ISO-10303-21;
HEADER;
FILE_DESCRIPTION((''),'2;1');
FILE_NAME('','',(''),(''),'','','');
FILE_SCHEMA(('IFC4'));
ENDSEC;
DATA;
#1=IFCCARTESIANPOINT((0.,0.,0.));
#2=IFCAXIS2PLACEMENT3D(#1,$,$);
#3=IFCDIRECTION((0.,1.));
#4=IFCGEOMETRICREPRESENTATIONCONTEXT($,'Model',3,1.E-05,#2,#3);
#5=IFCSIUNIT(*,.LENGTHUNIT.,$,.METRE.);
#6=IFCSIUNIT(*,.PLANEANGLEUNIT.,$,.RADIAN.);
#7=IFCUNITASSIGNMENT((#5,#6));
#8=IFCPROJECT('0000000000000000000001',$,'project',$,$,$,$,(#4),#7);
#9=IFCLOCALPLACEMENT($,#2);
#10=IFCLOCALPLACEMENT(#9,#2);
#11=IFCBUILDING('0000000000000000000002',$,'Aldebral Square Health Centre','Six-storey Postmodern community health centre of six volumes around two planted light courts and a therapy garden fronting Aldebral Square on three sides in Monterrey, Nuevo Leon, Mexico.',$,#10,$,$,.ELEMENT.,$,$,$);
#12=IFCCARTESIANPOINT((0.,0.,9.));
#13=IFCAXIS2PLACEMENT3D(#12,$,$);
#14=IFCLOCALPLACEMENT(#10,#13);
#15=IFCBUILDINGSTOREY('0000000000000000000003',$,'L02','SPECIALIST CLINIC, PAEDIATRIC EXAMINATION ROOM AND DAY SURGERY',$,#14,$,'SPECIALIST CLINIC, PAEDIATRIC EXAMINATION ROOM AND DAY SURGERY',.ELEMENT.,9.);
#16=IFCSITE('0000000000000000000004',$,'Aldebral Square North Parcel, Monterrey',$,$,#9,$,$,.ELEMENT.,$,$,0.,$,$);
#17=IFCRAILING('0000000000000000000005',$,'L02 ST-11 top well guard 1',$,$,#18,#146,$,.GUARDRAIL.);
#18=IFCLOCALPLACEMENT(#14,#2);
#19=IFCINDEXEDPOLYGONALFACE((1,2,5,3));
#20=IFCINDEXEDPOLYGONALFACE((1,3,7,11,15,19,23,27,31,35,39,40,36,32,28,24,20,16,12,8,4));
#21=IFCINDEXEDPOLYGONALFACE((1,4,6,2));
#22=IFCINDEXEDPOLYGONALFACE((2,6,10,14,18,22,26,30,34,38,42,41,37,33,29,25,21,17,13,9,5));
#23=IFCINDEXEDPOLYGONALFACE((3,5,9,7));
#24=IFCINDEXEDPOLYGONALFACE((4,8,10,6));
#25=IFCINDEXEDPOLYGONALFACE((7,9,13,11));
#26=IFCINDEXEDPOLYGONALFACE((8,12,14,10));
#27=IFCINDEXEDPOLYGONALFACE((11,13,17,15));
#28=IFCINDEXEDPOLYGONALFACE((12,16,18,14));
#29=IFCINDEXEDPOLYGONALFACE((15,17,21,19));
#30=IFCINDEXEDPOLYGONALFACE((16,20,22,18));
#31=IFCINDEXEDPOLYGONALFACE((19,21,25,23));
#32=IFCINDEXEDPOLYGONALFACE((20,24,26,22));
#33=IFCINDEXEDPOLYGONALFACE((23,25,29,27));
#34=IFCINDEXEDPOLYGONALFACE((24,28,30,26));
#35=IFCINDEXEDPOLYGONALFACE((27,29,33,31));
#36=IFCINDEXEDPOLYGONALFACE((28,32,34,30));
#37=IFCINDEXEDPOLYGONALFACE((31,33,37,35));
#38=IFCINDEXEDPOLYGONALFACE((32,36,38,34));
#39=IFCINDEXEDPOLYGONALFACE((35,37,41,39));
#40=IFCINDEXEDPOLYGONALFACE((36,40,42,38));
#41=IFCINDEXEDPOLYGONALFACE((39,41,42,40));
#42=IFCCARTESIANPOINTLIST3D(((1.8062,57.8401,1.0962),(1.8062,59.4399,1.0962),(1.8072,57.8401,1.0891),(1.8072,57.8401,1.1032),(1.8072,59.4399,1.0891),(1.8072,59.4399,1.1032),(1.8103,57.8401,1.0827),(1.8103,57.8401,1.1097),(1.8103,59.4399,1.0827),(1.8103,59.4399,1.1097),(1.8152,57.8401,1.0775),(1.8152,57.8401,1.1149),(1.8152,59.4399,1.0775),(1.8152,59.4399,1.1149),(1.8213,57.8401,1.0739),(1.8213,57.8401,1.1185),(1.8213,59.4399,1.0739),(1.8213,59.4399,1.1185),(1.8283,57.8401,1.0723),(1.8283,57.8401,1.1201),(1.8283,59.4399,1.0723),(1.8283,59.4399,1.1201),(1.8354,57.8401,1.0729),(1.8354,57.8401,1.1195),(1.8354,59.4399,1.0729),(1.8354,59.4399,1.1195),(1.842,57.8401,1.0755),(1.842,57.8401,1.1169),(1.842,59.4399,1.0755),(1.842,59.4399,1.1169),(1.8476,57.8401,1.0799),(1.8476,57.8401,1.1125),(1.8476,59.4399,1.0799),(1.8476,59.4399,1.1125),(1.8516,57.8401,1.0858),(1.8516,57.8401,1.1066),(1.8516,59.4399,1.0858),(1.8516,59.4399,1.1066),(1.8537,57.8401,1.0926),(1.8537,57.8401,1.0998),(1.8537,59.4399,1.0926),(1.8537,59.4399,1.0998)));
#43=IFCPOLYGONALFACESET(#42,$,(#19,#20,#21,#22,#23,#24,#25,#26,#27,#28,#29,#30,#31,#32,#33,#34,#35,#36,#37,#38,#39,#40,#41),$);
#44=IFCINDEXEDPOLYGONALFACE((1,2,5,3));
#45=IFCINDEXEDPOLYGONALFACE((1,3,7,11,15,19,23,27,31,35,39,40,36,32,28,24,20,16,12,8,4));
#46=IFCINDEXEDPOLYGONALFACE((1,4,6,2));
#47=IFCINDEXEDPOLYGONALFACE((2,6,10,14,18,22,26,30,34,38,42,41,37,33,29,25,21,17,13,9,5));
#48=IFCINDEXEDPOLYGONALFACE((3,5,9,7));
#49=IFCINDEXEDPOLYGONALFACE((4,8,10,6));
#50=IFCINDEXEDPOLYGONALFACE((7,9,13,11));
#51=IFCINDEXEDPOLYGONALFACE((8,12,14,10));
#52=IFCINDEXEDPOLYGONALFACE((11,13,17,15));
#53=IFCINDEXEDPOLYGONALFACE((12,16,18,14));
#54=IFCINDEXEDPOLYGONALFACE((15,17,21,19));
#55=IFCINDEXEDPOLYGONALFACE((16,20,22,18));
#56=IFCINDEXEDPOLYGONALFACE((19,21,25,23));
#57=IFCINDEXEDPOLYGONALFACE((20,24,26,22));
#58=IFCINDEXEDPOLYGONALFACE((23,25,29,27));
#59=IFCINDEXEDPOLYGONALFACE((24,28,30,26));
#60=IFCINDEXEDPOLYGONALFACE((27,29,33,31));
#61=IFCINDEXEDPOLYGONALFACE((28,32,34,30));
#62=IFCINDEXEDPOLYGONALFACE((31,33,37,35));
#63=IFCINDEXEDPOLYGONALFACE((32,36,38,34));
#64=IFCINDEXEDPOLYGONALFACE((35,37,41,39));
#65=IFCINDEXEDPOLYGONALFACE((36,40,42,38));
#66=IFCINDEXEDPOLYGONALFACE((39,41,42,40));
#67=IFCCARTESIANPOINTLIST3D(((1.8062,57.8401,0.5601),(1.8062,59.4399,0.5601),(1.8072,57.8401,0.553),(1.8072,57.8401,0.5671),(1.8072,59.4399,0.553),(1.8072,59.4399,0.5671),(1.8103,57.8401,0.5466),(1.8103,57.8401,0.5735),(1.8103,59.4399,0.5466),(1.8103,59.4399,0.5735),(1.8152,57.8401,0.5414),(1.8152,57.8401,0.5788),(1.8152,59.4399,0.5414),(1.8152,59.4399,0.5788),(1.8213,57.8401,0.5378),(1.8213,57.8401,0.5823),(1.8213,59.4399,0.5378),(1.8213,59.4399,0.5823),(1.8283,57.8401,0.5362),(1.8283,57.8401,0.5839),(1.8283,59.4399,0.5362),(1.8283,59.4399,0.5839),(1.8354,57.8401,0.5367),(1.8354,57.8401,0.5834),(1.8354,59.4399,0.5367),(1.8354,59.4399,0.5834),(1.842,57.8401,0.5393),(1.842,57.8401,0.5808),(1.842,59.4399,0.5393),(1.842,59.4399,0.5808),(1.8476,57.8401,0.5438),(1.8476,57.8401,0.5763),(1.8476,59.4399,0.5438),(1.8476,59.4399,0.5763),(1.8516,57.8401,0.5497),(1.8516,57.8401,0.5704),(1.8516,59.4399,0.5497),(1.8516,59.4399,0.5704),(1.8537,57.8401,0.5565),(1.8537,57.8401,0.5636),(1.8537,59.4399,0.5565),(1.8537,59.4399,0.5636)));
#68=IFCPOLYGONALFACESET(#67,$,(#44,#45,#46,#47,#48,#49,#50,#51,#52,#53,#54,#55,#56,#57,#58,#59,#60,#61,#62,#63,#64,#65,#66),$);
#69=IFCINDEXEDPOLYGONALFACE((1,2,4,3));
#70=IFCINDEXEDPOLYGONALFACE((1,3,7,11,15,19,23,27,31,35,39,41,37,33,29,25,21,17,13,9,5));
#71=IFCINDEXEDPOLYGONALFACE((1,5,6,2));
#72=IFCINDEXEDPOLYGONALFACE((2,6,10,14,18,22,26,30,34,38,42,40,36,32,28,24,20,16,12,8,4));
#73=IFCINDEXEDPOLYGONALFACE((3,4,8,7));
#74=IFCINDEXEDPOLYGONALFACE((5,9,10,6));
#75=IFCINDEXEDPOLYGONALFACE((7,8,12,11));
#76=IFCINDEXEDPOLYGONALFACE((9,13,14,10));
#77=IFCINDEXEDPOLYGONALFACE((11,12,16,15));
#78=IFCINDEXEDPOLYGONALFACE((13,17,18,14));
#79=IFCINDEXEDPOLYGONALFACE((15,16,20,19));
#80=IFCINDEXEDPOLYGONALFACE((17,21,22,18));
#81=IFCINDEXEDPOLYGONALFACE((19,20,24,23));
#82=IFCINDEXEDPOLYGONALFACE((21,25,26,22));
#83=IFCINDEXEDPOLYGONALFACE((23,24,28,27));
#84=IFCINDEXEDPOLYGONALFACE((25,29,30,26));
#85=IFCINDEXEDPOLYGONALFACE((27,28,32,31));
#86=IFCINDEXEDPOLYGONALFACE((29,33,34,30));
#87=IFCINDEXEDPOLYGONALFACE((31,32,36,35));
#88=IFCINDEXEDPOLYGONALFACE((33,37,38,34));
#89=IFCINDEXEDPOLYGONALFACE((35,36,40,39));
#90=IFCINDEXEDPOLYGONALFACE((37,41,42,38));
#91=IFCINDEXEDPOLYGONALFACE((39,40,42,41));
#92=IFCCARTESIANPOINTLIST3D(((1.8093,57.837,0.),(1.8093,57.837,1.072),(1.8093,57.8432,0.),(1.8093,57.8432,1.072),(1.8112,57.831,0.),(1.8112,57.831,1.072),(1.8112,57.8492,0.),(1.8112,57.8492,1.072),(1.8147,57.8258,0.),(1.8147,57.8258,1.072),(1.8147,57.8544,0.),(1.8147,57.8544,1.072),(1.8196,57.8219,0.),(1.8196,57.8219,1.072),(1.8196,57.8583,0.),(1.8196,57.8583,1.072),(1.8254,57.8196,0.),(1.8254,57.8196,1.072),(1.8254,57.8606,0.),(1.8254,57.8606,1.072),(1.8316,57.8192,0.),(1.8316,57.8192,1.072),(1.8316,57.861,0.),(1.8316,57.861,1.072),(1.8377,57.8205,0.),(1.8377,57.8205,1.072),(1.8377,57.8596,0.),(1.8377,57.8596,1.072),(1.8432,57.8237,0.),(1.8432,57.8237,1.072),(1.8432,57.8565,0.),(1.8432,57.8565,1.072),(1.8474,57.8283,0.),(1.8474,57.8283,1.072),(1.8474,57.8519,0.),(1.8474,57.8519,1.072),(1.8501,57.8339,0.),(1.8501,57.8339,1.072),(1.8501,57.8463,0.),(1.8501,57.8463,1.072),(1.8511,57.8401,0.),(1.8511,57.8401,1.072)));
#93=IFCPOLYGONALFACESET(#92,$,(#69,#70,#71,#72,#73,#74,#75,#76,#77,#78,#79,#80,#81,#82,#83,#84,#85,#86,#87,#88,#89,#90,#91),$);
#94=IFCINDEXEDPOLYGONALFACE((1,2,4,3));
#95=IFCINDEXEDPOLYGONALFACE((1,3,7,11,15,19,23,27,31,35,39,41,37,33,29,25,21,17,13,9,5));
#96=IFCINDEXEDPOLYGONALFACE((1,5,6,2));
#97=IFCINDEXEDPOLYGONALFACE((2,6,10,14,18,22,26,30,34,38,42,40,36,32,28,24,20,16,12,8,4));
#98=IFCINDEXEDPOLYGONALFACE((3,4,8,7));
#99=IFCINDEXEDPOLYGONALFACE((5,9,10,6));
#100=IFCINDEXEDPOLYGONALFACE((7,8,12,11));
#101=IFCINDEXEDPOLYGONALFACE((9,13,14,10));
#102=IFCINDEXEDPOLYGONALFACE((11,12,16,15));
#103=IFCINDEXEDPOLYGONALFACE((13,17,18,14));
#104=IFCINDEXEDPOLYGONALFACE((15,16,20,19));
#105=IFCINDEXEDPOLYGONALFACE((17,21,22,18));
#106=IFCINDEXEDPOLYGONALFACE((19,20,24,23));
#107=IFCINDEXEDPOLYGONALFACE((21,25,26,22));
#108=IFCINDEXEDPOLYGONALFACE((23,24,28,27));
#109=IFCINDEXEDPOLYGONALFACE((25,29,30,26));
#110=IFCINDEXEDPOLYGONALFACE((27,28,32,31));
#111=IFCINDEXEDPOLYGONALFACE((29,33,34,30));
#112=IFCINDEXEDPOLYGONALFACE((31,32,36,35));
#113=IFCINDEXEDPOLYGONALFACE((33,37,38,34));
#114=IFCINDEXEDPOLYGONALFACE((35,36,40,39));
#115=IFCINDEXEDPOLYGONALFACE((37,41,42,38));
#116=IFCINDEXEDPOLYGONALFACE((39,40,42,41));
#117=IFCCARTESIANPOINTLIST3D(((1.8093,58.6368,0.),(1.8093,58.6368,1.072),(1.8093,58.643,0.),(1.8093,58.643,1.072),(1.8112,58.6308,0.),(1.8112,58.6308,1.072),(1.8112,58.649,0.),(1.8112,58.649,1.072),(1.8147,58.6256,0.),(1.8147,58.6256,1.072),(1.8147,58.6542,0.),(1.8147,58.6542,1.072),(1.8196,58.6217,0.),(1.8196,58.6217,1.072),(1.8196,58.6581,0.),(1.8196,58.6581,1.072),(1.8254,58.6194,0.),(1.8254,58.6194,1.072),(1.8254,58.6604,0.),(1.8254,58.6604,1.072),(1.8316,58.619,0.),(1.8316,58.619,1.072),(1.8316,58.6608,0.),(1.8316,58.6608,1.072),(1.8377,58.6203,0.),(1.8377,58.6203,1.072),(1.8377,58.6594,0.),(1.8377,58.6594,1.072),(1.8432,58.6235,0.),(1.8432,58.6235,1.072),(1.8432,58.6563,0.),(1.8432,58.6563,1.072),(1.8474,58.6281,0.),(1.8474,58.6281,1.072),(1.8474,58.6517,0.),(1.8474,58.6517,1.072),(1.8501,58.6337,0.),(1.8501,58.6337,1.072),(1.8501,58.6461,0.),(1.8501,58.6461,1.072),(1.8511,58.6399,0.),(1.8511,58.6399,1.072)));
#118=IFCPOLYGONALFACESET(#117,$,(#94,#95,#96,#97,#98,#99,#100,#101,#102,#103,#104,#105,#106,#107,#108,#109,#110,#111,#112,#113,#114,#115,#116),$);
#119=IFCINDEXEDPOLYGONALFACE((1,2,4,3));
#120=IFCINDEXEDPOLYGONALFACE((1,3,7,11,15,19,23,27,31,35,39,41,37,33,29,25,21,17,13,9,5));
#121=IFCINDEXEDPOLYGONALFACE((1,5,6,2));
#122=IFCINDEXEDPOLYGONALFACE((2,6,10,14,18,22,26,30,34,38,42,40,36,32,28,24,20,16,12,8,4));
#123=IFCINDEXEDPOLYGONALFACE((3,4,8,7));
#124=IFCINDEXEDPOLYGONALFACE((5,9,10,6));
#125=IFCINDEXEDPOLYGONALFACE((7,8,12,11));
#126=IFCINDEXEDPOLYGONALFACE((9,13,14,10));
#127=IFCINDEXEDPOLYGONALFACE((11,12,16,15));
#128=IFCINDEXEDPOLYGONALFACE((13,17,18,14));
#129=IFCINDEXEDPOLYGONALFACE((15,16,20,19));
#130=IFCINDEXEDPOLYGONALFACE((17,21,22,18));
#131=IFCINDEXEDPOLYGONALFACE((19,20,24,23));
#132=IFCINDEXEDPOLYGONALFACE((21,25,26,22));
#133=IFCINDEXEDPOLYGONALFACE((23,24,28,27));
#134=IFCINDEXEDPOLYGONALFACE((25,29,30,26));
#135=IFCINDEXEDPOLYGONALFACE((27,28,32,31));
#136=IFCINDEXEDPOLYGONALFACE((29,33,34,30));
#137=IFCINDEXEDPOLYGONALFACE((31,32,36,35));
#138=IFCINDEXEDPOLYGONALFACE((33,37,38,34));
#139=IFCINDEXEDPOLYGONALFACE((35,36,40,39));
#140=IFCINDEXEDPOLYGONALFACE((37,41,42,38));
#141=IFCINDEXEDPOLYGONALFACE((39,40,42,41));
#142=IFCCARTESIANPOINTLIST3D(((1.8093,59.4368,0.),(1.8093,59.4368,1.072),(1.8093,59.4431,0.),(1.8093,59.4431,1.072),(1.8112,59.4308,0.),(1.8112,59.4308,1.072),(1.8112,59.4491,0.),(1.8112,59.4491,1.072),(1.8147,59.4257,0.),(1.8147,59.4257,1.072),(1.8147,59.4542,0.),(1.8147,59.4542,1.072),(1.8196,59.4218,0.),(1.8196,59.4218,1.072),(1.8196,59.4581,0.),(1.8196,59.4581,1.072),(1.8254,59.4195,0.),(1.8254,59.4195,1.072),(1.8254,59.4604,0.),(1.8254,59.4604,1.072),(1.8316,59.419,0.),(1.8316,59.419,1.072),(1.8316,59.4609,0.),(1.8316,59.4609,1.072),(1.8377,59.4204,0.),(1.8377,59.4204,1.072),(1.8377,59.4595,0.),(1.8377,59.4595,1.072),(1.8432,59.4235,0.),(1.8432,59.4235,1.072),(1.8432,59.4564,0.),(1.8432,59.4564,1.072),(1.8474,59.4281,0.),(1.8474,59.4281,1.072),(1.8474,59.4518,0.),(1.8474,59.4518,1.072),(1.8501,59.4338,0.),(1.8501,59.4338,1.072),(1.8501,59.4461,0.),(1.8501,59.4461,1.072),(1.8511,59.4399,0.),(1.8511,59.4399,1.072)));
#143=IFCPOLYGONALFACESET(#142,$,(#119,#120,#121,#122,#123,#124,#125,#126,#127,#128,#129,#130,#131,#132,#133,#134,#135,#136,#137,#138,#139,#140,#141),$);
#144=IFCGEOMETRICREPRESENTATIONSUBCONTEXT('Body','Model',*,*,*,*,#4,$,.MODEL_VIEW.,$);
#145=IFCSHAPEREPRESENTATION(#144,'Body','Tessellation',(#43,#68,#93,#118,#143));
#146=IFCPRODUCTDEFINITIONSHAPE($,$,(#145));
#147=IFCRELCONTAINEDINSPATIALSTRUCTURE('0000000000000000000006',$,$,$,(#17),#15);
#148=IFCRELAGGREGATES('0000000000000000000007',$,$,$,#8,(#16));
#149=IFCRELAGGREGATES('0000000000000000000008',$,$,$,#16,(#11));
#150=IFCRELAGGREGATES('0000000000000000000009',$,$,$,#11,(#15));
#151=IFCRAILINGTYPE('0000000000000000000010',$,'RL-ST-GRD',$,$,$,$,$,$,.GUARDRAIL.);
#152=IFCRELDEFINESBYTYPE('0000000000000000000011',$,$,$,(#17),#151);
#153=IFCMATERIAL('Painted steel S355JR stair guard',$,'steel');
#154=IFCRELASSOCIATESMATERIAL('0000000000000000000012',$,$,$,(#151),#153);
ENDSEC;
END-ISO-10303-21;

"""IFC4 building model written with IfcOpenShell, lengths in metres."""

from ifc_helpers import new_model, si_unit, direction, frame, origin, origin_2d, place, context, subcontext, project, spatial, circle, extrude, material, type_object, element, save


model = new_model("IFC4")

# Units and contexts
model_context = context("Model", 3, precision=1e-05, world=origin(), true_north=direction((0.0, 1.0)))
body_context = subcontext(model_context, "Body", "Model", "MODEL_VIEW")
ifc_project = project(units=[si_unit("LENGTHUNIT", "METRE"), si_unit("PLANEANGLEUNIT", "RADIAN")], contexts=[model_context])

# Site, building, storey
site_placement = place(None, origin())
site = spatial("IfcSite", under=ifc_project, at=site_placement, Name="Aldebral Square North Parcel, Monterrey", CompositionType="ELEMENT", RefElevation=0.0)
building_placement = place(site_placement, origin())
building = spatial("IfcBuilding", under=site, at=building_placement, Name="Aldebral Square Health Centre", Description="Six-storey Postmodern community health centre of six volumes around two planted light courts and a therapy garden fronting Aldebral Square on three sides in Monterrey, Nuevo Leon, Mexico.", CompositionType="ELEMENT")
storey_placement = place(building_placement, frame((0.0, 0.0, 9.0)))
storey = spatial("IfcBuildingStorey", under=building, at=storey_placement, Name="L02", Description="SPECIALIST CLINIC, PAEDIATRIC EXAMINATION ROOM AND DAY SURGERY", LongName="SPECIALIST CLINIC, PAEDIATRIC EXAMINATION ROOM AND DAY SURGERY", CompositionType="ELEMENT", Elevation=9.0)

# Railing
ifc_material_1 = material(Name="Painted steel S355JR stair guard", Category="steel")
railing_type = type_object("IfcRailingType", Name="RL-ST-GRD", PredefinedType="GUARDRAIL", material=ifc_material_1)
railing_1_placement = place(storey_placement, frame((1.8301, 57.8401, 0.0)))
element("IfcRailing", 1, at=railing_1_placement, inside=storey, type_object=railing_type, Name="L02 ST-11 top well guard 1", PredefinedType="GUARDRAIL", context=body_context, shape_type="SweptSolid", body=[
    extrude(circle(Radius=0.0239, at=origin_2d()), frame((0.0, 0.0, 1.0962), z_axis=(0.0, 1.0, 0.0), x_axis=(-1.0, 0.0, 0.0)), (0.0, 0.0, 1.0), 1.5999),
    extrude(circle(Radius=0.0239, at=origin_2d()), frame((0.0, 0.0, 0.5601), z_axis=(0.0, 1.0, 0.0), x_axis=(-1.0, 0.0, 0.0)), (0.0, 0.0, 1.0), 1.5999),
    extrude(circle(Radius=0.021, at=origin_2d()), origin(), (0.0, 0.0, 1.0), 1.072),
    extrude(circle(Radius=0.021, at=origin_2d()), frame((0.0, 0.7998, 0.0)), (0.0, 0.0, 1.0), 1.072),
    extrude(circle(Radius=0.021, at=origin_2d()), frame((0.0, 1.5999, 0.0)), (0.0, 0.0, 1.0), 1.072),
])

save(model, "model.ifc")
